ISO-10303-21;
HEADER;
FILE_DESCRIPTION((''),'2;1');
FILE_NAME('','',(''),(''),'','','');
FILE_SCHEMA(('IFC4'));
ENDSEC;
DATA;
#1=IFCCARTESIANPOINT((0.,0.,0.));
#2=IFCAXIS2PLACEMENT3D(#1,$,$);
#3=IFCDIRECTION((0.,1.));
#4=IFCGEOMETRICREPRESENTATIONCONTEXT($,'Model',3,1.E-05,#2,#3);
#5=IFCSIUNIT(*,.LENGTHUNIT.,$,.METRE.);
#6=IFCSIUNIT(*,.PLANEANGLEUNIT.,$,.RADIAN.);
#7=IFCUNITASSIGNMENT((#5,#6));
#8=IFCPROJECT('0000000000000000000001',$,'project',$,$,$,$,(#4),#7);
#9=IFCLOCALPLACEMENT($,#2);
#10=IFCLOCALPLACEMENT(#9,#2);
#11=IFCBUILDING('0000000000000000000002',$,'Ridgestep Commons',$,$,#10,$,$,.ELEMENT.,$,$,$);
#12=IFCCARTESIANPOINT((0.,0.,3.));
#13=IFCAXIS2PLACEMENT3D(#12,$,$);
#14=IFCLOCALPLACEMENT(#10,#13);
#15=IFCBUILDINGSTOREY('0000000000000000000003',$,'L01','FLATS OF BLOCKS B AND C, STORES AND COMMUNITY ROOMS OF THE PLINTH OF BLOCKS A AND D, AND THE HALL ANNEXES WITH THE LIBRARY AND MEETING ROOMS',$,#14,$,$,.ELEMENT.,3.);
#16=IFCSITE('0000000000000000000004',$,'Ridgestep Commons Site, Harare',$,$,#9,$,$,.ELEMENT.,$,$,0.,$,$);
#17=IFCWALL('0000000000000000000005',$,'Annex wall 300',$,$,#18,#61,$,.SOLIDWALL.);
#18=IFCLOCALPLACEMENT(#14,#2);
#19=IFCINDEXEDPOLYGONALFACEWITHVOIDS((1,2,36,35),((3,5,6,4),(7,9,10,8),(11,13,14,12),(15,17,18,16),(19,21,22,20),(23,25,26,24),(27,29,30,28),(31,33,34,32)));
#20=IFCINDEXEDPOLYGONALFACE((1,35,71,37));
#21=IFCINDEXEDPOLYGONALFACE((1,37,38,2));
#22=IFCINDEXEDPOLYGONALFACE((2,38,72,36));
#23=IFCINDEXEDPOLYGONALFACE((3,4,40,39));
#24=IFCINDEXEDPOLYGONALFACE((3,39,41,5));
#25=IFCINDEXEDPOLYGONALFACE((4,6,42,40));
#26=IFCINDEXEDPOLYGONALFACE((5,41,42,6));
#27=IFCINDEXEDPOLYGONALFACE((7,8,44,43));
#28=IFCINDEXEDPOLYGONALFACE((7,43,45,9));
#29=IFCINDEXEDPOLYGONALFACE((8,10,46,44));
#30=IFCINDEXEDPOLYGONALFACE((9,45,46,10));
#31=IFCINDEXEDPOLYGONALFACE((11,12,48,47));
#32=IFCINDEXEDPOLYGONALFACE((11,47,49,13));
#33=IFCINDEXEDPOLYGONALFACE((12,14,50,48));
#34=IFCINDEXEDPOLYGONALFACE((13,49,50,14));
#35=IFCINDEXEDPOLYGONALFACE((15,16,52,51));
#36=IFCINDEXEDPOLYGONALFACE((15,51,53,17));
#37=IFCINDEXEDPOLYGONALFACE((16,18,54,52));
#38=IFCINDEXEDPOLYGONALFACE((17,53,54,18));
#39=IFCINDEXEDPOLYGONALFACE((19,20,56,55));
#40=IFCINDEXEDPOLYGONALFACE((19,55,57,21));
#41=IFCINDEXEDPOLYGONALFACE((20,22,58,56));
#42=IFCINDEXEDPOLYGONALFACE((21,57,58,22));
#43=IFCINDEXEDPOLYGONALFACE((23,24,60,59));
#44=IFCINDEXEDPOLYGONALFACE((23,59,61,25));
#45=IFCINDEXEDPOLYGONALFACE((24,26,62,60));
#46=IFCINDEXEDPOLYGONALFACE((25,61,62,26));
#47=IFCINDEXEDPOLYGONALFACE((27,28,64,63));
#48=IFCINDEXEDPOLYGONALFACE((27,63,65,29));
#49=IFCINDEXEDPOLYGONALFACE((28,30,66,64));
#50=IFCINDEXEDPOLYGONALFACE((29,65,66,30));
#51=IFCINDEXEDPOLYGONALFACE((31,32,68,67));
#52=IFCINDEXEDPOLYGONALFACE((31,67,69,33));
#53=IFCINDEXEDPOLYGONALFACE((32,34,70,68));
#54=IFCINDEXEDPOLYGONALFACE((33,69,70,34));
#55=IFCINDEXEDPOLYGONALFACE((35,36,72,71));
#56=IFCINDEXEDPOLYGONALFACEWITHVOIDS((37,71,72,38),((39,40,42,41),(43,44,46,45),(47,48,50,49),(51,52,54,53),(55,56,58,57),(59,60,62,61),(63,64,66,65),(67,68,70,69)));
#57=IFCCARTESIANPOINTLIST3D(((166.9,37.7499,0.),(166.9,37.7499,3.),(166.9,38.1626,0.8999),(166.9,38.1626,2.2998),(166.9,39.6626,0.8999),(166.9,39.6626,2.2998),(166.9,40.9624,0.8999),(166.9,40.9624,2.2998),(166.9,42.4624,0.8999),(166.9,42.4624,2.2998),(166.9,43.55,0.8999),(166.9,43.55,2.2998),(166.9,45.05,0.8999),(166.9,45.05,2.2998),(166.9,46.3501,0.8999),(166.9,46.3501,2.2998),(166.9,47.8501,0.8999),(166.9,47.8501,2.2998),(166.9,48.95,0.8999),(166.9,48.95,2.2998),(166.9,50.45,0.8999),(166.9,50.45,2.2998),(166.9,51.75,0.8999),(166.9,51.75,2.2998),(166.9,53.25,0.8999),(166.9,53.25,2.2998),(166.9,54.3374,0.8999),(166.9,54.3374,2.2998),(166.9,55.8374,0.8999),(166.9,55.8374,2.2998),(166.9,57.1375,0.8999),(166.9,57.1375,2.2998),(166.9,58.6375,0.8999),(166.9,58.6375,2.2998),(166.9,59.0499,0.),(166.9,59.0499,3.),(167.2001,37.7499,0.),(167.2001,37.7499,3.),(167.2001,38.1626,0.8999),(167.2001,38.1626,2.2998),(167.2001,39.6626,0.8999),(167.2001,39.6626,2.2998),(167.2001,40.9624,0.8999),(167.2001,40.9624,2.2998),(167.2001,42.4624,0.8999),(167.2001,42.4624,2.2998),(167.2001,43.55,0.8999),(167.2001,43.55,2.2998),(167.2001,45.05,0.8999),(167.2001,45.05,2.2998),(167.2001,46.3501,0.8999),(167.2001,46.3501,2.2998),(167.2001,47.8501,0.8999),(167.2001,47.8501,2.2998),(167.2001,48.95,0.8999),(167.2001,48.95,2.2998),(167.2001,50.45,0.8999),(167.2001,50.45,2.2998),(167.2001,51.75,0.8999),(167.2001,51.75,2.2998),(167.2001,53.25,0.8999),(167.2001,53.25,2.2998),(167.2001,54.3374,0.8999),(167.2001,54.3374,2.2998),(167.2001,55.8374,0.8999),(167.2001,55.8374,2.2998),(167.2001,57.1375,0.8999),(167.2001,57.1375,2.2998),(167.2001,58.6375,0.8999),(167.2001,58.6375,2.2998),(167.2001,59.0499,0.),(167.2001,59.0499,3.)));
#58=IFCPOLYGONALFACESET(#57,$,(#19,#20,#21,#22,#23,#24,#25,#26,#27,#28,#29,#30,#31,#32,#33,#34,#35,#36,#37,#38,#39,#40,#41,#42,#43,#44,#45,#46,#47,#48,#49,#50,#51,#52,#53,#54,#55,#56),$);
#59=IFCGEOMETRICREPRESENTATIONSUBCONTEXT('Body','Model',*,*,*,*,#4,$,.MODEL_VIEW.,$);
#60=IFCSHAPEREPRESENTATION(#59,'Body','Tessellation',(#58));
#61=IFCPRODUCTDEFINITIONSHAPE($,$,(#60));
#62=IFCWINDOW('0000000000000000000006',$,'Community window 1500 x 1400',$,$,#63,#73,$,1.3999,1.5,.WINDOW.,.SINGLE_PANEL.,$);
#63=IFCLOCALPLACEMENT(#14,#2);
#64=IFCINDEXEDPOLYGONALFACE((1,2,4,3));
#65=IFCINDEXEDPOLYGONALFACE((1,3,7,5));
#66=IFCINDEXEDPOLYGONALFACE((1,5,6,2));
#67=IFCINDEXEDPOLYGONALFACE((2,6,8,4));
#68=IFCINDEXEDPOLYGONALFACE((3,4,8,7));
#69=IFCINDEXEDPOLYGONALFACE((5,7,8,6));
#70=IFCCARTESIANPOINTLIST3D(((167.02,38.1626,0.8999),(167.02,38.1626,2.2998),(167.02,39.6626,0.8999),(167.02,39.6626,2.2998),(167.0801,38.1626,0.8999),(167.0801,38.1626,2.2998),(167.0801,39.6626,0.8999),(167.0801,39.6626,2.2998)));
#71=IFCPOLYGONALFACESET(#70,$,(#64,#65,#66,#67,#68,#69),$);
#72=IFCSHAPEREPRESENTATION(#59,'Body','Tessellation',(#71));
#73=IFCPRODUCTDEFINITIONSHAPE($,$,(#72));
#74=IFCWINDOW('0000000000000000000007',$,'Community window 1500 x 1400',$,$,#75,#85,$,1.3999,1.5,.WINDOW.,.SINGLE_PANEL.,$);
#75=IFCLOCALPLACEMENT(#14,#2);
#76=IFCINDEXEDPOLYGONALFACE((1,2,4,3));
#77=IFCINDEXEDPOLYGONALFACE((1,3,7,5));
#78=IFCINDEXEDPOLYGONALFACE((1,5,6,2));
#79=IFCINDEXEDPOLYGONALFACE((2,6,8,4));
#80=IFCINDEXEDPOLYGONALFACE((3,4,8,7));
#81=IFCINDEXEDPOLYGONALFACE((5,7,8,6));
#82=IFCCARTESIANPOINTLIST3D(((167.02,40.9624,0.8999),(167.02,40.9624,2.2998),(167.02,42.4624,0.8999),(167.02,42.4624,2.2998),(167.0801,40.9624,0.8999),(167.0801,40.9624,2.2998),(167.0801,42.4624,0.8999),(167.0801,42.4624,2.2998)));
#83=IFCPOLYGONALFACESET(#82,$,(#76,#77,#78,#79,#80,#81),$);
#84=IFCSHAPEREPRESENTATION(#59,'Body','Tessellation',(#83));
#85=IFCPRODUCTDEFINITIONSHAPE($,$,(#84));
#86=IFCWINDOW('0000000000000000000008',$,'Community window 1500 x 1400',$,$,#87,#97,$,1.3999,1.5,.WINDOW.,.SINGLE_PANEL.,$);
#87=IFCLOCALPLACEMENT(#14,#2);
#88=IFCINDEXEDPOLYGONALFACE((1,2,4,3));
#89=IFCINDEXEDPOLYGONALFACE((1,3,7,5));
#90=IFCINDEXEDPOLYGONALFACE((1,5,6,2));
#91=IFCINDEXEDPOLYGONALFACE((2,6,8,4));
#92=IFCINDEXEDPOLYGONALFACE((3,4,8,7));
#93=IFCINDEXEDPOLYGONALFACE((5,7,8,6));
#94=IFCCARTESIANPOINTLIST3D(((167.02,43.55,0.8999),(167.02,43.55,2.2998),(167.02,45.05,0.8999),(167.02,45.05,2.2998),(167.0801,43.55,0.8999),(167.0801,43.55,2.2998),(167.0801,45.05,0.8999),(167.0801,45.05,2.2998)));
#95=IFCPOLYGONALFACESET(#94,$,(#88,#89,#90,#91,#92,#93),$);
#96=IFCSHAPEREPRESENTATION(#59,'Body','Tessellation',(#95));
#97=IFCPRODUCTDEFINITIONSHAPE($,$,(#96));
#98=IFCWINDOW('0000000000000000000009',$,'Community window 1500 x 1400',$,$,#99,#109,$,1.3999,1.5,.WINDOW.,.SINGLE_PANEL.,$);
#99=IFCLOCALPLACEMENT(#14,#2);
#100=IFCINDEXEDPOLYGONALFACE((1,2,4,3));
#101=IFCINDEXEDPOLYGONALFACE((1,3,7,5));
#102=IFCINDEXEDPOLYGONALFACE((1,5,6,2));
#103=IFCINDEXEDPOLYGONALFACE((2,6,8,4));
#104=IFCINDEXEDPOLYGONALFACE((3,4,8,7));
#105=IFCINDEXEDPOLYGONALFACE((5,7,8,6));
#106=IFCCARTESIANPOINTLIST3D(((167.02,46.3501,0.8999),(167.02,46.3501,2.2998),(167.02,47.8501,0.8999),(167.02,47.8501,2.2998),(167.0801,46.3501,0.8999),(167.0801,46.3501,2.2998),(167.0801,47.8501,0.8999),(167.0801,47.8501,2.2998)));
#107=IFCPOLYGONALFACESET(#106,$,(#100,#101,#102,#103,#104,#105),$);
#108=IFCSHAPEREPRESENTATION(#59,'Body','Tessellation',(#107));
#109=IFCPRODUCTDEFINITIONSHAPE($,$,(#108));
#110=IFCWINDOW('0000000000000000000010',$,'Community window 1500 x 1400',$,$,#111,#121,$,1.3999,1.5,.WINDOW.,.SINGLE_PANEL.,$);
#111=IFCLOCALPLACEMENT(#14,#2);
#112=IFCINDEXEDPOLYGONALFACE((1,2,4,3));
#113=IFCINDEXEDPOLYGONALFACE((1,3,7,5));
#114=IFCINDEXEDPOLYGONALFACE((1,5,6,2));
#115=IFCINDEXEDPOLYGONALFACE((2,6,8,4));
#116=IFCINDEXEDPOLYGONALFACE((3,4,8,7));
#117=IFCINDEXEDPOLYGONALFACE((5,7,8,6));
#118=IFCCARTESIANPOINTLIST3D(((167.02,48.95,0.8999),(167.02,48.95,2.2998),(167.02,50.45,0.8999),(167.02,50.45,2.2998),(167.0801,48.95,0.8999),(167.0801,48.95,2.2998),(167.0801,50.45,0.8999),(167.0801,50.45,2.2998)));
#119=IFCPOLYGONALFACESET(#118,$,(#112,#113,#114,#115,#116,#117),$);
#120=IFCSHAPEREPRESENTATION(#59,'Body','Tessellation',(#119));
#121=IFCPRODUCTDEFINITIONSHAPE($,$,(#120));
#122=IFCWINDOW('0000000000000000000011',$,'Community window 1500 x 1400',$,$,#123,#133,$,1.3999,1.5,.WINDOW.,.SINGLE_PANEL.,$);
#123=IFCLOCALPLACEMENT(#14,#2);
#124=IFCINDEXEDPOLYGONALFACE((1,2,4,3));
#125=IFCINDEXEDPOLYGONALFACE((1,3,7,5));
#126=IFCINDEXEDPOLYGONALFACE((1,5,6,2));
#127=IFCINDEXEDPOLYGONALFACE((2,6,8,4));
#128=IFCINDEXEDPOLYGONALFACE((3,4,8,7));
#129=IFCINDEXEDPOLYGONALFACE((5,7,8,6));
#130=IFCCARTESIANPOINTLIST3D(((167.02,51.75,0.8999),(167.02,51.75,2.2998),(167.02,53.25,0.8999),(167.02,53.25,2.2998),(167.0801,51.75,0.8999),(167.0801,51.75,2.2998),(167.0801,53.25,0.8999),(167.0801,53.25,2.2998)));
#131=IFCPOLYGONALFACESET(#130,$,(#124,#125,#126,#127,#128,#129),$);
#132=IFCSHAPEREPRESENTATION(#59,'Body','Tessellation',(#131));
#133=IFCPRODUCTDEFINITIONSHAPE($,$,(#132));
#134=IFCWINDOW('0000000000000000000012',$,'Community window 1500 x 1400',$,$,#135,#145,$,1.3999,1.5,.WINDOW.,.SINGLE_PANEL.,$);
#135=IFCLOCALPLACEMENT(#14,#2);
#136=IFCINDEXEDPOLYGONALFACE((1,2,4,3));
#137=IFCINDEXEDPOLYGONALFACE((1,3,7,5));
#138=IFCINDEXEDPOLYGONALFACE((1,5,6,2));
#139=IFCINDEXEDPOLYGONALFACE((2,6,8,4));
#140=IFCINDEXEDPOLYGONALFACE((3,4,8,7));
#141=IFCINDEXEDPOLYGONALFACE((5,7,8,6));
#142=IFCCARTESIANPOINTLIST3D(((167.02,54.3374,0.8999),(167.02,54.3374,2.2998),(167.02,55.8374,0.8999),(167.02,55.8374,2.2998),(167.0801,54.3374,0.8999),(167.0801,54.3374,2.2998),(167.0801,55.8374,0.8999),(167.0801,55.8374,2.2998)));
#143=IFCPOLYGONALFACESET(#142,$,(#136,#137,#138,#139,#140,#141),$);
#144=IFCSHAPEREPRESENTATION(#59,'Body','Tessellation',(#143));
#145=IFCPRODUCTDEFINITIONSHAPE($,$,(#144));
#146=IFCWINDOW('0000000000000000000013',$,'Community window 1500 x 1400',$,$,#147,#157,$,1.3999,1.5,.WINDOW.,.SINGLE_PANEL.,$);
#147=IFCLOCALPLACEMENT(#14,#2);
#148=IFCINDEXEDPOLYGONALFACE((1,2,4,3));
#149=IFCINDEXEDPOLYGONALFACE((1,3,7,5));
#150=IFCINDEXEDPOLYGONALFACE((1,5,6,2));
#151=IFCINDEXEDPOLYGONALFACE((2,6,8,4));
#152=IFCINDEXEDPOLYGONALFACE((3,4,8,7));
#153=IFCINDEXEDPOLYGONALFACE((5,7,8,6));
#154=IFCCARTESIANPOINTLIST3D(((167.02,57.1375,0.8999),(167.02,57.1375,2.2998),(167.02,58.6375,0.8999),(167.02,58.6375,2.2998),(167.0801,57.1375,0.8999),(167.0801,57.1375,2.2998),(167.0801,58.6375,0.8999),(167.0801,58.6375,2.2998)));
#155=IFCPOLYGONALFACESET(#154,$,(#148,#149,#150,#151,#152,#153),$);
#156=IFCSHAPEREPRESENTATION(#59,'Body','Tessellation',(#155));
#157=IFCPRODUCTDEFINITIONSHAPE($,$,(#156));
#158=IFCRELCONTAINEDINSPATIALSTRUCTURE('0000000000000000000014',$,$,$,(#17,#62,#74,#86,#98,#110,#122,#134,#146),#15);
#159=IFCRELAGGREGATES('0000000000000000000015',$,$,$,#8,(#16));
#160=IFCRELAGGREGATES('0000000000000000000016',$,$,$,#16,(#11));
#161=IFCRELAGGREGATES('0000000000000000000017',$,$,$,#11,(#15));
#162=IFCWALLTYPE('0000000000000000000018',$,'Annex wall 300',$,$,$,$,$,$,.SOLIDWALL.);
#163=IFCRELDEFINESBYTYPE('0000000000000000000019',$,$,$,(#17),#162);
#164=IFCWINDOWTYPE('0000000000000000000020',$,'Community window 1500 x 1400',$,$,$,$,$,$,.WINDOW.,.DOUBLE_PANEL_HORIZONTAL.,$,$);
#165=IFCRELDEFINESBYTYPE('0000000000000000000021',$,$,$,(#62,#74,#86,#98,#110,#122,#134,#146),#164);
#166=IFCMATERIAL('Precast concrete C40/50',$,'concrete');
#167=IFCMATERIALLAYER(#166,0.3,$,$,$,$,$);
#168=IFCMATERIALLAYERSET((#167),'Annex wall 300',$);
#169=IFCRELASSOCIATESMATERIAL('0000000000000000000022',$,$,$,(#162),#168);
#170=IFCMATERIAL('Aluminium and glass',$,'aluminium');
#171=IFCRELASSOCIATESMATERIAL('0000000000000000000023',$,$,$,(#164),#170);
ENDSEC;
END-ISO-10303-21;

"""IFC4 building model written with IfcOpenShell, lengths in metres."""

from ifc_helpers import new_model, si_unit, direction, frame, frame_2d, origin, place, context, subcontext, project, spatial, rectangle, extrude, material, layer, layer_set, type_object, element, fill, save


model = new_model("IFC4")

# Units and contexts
model_context = context("Model", 3, precision=1e-05, world=origin(), true_north=direction((0.0, 1.0)))
body_context = subcontext(model_context, "Body", "Model", "MODEL_VIEW")
ifc_project = project(units=[si_unit("LENGTHUNIT", "METRE"), si_unit("PLANEANGLEUNIT", "RADIAN")], contexts=[model_context])

# Site, building, storey
site_placement = place(None, origin())
site = spatial("IfcSite", under=ifc_project, at=site_placement, Name="Ridgestep Commons Site, Harare", CompositionType="ELEMENT", RefElevation=0.0)
building_placement = place(site_placement, origin())
building = spatial("IfcBuilding", under=site, at=building_placement, Name="Ridgestep Commons", CompositionType="ELEMENT")
storey_placement = place(building_placement, frame((0.0, 0.0, 3.0)))
storey = spatial("IfcBuildingStorey", under=building, at=storey_placement, Name="L01", Description="FLATS OF BLOCKS B AND C, STORES AND COMMUNITY ROOMS OF THE PLINTH OF BLOCKS A AND D, AND THE HALL ANNEXES WITH THE LIBRARY AND MEETING ROOMS", CompositionType="ELEMENT", Elevation=3.0)

# Wall, openings, windows
ifc_material_1 = material(Name="Precast concrete C40/50", Category="concrete")
ifc_layer_1 = layer(ifc_material_1, 0.3)
ifc_layer_set_1 = layer_set([ifc_layer_1], Name="Annex wall 300")
wall_type_1 = type_object("IfcWallType", Name="Annex wall 300", PredefinedType="SOLIDWALL", material=ifc_layer_set_1)
wall_1_placement = place(storey_placement, frame((167.05, 37.75, 0.0), z_axis=(0.0, 0.0, 1.0), x_axis=(0.0, 1.0, 0.0)))
wall_1 = element("IfcWall", 1, at=wall_1_placement, inside=storey, type_object=wall_type_1, Name="Annex wall 300", PredefinedType="SOLIDWALL", context=body_context, shape_type="SweptSolid", body=[
    extrude(rectangle(XDim=21.3, YDim=0.3, at=frame_2d((10.6499, 0.0))), origin(), (0.0, 0.0, 1.0), 3.0),
])
opening_1_placement = place(wall_1_placement, frame((0.4126, 0.0, 0.8999)))
opening_1 = element("IfcOpeningElement", 2, at=opening_1_placement, cuts=wall_1, PredefinedType="OPENING", context=body_context, shape_type="SweptSolid", body=[
    extrude(rectangle(XDim=1.5, YDim=1.3999, at=frame_2d((0.75, 0.7))), frame((0.0, 0.1599, 0.0), z_axis=(0.0, -1.0, 0.0), x_axis=(1.0, 0.0, 0.0)), (0.0, 0.0, 1.0), 0.3201),
])
opening_2_placement = place(wall_1_placement, frame((3.2124, 0.0, 0.8999)))
opening_2 = element("IfcOpeningElement", 3, at=opening_2_placement, cuts=wall_1, PredefinedType="OPENING", context=body_context, shape_type="SweptSolid", body=[
    extrude(rectangle(XDim=1.5, YDim=1.3999, at=frame_2d((0.75, 0.7))), frame((0.0, 0.1599, 0.0), z_axis=(0.0, -1.0, 0.0), x_axis=(1.0, 0.0, 0.0)), (0.0, 0.0, 1.0), 0.3201),
])
opening_3_placement = place(wall_1_placement, frame((5.8, 0.0, 0.8999)))
opening_3 = element("IfcOpeningElement", 4, at=opening_3_placement, cuts=wall_1, PredefinedType="OPENING", context=body_context, shape_type="SweptSolid", body=[
    extrude(rectangle(XDim=1.5, YDim=1.3999, at=frame_2d((0.75, 0.7))), frame((0.0, 0.1599, 0.0), z_axis=(0.0, -1.0, 0.0), x_axis=(1.0, 0.0, 0.0)), (0.0, 0.0, 1.0), 0.3201),
])
opening_4_placement = place(wall_1_placement, frame((8.6001, 0.0, 0.8999)))
opening_4 = element("IfcOpeningElement", 5, at=opening_4_placement, cuts=wall_1, PredefinedType="OPENING", context=body_context, shape_type="SweptSolid", body=[
    extrude(rectangle(XDim=1.5, YDim=1.3999, at=frame_2d((0.75, 0.7))), frame((0.0, 0.1599, 0.0), z_axis=(0.0, -1.0, 0.0), x_axis=(1.0, 0.0, 0.0)), (0.0, 0.0, 1.0), 0.3201),
])
opening_5_placement = place(wall_1_placement, frame((11.2, 0.0, 0.8999)))
opening_5 = element("IfcOpeningElement", 6, at=opening_5_placement, cuts=wall_1, PredefinedType="OPENING", context=body_context, shape_type="SweptSolid", body=[
    extrude(rectangle(XDim=1.5, YDim=1.3999, at=frame_2d((0.75, 0.7))), frame((0.0, 0.1599, 0.0), z_axis=(0.0, -1.0, 0.0), x_axis=(1.0, 0.0, 0.0)), (0.0, 0.0, 1.0), 0.3201),
])
opening_6_placement = place(wall_1_placement, frame((14.0, 0.0, 0.8999)))
opening_6 = element("IfcOpeningElement", 7, at=opening_6_placement, cuts=wall_1, PredefinedType="OPENING", context=body_context, shape_type="SweptSolid", body=[
    extrude(rectangle(XDim=1.5, YDim=1.3999, at=frame_2d((0.75, 0.7))), frame((0.0, 0.1599, 0.0), z_axis=(0.0, -1.0, 0.0), x_axis=(1.0, 0.0, 0.0)), (0.0, 0.0, 1.0), 0.3201),
])
opening_7_placement = place(wall_1_placement, frame((16.5874, 0.0, 0.8999)))
opening_7 = element("IfcOpeningElement", 8, at=opening_7_placement, cuts=wall_1, PredefinedType="OPENING", context=body_context, shape_type="SweptSolid", body=[
    extrude(rectangle(XDim=1.5, YDim=1.3999, at=frame_2d((0.75, 0.7))), frame((0.0, 0.1599, 0.0), z_axis=(0.0, -1.0, 0.0), x_axis=(1.0, 0.0, 0.0)), (0.0, 0.0, 1.0), 0.3201),
])
opening_8_placement = place(wall_1_placement, frame((19.3875, 0.0, 0.8999)))
opening_8 = element("IfcOpeningElement", 9, at=opening_8_placement, cuts=wall_1, PredefinedType="OPENING", context=body_context, shape_type="SweptSolid", body=[
    extrude(rectangle(XDim=1.5, YDim=1.3999, at=frame_2d((0.75, 0.7))), frame((0.0, 0.1599, 0.0), z_axis=(0.0, -1.0, 0.0), x_axis=(1.0, 0.0, 0.0)), (0.0, 0.0, 1.0), 0.3201),
])
ifc_material_2 = material(Name="Aluminium and glass", Category="aluminium")
window_type = type_object("IfcWindowType", Name="Community window 1500 x 1400", PartitioningType="DOUBLE_PANEL_HORIZONTAL", PredefinedType="WINDOW", material=ifc_material_2)
window_1_placement = place(opening_1_placement, origin())
window_1 = element("IfcWindow", 10, at=window_1_placement, inside=storey, type_object=window_type, Name="Community window 1500 x 1400", OverallHeight=1.3999, OverallWidth=1.5, PartitioningType="SINGLE_PANEL", PredefinedType="WINDOW", context=body_context, shape_type="SweptSolid", body=[
    extrude(rectangle(XDim=1.5, YDim=1.3999, at=frame_2d((0.75, 0.7))), frame((0.0, 0.03, 0.0), z_axis=(0.0, -1.0, 0.0), x_axis=(1.0, 0.0, 0.0)), (0.0, 0.0, 1.0), 0.0601),
])
fill(opening_1, window_1)
window_2_placement = place(opening_2_placement, origin())
window_2 = element("IfcWindow", 11, at=window_2_placement, inside=storey, type_object=window_type, Name="Community window 1500 x 1400", OverallHeight=1.3999, OverallWidth=1.5, PartitioningType="SINGLE_PANEL", PredefinedType="WINDOW", context=body_context, shape_type="SweptSolid", body=[
    extrude(rectangle(XDim=1.5, YDim=1.3999, at=frame_2d((0.75, 0.7))), frame((0.0, 0.03, 0.0), z_axis=(0.0, -1.0, 0.0), x_axis=(1.0, 0.0, 0.0)), (0.0, 0.0, 1.0), 0.0601),
])
fill(opening_2, window_2)
window_3_placement = place(opening_3_placement, origin())
window_3 = element("IfcWindow", 12, at=window_3_placement, inside=storey, type_object=window_type, Name="Community window 1500 x 1400", OverallHeight=1.3999, OverallWidth=1.5, PartitioningType="SINGLE_PANEL", PredefinedType="WINDOW", context=body_context, shape_type="SweptSolid", body=[
    extrude(rectangle(XDim=1.5, YDim=1.3999, at=frame_2d((0.75, 0.7))), frame((0.0, 0.03, 0.0), z_axis=(0.0, -1.0, 0.0), x_axis=(1.0, 0.0, 0.0)), (0.0, 0.0, 1.0), 0.0601),
])
fill(opening_3, window_3)
window_4_placement = place(opening_4_placement, origin())
window_4 = element("IfcWindow", 13, at=window_4_placement, inside=storey, type_object=window_type, Name="Community window 1500 x 1400", OverallHeight=1.3999, OverallWidth=1.5, PartitioningType="SINGLE_PANEL", PredefinedType="WINDOW", context=body_context, shape_type="SweptSolid", body=[
    extrude(rectangle(XDim=1.5, YDim=1.3999, at=frame_2d((0.75, 0.7))), frame((0.0, 0.03, 0.0), z_axis=(0.0, -1.0, 0.0), x_axis=(1.0, 0.0, 0.0)), (0.0, 0.0, 1.0), 0.0601),
])
fill(opening_4, window_4)
window_5_placement = place(opening_5_placement, origin())
window_5 = element("IfcWindow", 14, at=window_5_placement, inside=storey, type_object=window_type, Name="Community window 1500 x 1400", OverallHeight=1.3999, OverallWidth=1.5, PartitioningType="SINGLE_PANEL", PredefinedType="WINDOW", context=body_context, shape_type="SweptSolid", body=[
    extrude(rectangle(XDim=1.5, YDim=1.3999, at=frame_2d((0.75, 0.7))), frame((0.0, 0.03, 0.0), z_axis=(0.0, -1.0, 0.0), x_axis=(1.0, 0.0, 0.0)), (0.0, 0.0, 1.0), 0.0601),
])
fill(opening_5, window_5)
window_6_placement = place(opening_6_placement, origin())
window_6 = element("IfcWindow", 15, at=window_6_placement, inside=storey, type_object=window_type, Name="Community window 1500 x 1400", OverallHeight=1.3999, OverallWidth=1.5, PartitioningType="SINGLE_PANEL", PredefinedType="WINDOW", context=body_context, shape_type="SweptSolid", body=[
    extrude(rectangle(XDim=1.5, YDim=1.3999, at=frame_2d((0.75, 0.7))), frame((0.0, 0.03, 0.0), z_axis=(0.0, -1.0, 0.0), x_axis=(1.0, 0.0, 0.0)), (0.0, 0.0, 1.0), 0.0601),
])
fill(opening_6, window_6)
window_7_placement = place(opening_7_placement, origin())
window_7 = element("IfcWindow", 16, at=window_7_placement, inside=storey, type_object=window_type, Name="Community window 1500 x 1400", OverallHeight=1.3999, OverallWidth=1.5, PartitioningType="SINGLE_PANEL", PredefinedType="WINDOW", context=body_context, shape_type="SweptSolid", body=[
    extrude(rectangle(XDim=1.5, YDim=1.3999, at=frame_2d((0.75, 0.7))), frame((0.0, 0.03, 0.0), z_axis=(0.0, -1.0, 0.0), x_axis=(1.0, 0.0, 0.0)), (0.0, 0.0, 1.0), 0.0601),
])
fill(opening_7, window_7)
window_8_placement = place(opening_8_placement, origin())
window_8 = element("IfcWindow", 17, at=window_8_placement, inside=storey, type_object=window_type, Name="Community window 1500 x 1400", OverallHeight=1.3999, OverallWidth=1.5, PartitioningType="SINGLE_PANEL", PredefinedType="WINDOW", context=body_context, shape_type="SweptSolid", body=[
    extrude(rectangle(XDim=1.5, YDim=1.3999, at=frame_2d((0.75, 0.7))), frame((0.0, 0.03, 0.0), z_axis=(0.0, -1.0, 0.0), x_axis=(1.0, 0.0, 0.0)), (0.0, 0.0, 1.0), 0.0601),
])
fill(opening_8, window_8)

save(model, "model.ifc")
